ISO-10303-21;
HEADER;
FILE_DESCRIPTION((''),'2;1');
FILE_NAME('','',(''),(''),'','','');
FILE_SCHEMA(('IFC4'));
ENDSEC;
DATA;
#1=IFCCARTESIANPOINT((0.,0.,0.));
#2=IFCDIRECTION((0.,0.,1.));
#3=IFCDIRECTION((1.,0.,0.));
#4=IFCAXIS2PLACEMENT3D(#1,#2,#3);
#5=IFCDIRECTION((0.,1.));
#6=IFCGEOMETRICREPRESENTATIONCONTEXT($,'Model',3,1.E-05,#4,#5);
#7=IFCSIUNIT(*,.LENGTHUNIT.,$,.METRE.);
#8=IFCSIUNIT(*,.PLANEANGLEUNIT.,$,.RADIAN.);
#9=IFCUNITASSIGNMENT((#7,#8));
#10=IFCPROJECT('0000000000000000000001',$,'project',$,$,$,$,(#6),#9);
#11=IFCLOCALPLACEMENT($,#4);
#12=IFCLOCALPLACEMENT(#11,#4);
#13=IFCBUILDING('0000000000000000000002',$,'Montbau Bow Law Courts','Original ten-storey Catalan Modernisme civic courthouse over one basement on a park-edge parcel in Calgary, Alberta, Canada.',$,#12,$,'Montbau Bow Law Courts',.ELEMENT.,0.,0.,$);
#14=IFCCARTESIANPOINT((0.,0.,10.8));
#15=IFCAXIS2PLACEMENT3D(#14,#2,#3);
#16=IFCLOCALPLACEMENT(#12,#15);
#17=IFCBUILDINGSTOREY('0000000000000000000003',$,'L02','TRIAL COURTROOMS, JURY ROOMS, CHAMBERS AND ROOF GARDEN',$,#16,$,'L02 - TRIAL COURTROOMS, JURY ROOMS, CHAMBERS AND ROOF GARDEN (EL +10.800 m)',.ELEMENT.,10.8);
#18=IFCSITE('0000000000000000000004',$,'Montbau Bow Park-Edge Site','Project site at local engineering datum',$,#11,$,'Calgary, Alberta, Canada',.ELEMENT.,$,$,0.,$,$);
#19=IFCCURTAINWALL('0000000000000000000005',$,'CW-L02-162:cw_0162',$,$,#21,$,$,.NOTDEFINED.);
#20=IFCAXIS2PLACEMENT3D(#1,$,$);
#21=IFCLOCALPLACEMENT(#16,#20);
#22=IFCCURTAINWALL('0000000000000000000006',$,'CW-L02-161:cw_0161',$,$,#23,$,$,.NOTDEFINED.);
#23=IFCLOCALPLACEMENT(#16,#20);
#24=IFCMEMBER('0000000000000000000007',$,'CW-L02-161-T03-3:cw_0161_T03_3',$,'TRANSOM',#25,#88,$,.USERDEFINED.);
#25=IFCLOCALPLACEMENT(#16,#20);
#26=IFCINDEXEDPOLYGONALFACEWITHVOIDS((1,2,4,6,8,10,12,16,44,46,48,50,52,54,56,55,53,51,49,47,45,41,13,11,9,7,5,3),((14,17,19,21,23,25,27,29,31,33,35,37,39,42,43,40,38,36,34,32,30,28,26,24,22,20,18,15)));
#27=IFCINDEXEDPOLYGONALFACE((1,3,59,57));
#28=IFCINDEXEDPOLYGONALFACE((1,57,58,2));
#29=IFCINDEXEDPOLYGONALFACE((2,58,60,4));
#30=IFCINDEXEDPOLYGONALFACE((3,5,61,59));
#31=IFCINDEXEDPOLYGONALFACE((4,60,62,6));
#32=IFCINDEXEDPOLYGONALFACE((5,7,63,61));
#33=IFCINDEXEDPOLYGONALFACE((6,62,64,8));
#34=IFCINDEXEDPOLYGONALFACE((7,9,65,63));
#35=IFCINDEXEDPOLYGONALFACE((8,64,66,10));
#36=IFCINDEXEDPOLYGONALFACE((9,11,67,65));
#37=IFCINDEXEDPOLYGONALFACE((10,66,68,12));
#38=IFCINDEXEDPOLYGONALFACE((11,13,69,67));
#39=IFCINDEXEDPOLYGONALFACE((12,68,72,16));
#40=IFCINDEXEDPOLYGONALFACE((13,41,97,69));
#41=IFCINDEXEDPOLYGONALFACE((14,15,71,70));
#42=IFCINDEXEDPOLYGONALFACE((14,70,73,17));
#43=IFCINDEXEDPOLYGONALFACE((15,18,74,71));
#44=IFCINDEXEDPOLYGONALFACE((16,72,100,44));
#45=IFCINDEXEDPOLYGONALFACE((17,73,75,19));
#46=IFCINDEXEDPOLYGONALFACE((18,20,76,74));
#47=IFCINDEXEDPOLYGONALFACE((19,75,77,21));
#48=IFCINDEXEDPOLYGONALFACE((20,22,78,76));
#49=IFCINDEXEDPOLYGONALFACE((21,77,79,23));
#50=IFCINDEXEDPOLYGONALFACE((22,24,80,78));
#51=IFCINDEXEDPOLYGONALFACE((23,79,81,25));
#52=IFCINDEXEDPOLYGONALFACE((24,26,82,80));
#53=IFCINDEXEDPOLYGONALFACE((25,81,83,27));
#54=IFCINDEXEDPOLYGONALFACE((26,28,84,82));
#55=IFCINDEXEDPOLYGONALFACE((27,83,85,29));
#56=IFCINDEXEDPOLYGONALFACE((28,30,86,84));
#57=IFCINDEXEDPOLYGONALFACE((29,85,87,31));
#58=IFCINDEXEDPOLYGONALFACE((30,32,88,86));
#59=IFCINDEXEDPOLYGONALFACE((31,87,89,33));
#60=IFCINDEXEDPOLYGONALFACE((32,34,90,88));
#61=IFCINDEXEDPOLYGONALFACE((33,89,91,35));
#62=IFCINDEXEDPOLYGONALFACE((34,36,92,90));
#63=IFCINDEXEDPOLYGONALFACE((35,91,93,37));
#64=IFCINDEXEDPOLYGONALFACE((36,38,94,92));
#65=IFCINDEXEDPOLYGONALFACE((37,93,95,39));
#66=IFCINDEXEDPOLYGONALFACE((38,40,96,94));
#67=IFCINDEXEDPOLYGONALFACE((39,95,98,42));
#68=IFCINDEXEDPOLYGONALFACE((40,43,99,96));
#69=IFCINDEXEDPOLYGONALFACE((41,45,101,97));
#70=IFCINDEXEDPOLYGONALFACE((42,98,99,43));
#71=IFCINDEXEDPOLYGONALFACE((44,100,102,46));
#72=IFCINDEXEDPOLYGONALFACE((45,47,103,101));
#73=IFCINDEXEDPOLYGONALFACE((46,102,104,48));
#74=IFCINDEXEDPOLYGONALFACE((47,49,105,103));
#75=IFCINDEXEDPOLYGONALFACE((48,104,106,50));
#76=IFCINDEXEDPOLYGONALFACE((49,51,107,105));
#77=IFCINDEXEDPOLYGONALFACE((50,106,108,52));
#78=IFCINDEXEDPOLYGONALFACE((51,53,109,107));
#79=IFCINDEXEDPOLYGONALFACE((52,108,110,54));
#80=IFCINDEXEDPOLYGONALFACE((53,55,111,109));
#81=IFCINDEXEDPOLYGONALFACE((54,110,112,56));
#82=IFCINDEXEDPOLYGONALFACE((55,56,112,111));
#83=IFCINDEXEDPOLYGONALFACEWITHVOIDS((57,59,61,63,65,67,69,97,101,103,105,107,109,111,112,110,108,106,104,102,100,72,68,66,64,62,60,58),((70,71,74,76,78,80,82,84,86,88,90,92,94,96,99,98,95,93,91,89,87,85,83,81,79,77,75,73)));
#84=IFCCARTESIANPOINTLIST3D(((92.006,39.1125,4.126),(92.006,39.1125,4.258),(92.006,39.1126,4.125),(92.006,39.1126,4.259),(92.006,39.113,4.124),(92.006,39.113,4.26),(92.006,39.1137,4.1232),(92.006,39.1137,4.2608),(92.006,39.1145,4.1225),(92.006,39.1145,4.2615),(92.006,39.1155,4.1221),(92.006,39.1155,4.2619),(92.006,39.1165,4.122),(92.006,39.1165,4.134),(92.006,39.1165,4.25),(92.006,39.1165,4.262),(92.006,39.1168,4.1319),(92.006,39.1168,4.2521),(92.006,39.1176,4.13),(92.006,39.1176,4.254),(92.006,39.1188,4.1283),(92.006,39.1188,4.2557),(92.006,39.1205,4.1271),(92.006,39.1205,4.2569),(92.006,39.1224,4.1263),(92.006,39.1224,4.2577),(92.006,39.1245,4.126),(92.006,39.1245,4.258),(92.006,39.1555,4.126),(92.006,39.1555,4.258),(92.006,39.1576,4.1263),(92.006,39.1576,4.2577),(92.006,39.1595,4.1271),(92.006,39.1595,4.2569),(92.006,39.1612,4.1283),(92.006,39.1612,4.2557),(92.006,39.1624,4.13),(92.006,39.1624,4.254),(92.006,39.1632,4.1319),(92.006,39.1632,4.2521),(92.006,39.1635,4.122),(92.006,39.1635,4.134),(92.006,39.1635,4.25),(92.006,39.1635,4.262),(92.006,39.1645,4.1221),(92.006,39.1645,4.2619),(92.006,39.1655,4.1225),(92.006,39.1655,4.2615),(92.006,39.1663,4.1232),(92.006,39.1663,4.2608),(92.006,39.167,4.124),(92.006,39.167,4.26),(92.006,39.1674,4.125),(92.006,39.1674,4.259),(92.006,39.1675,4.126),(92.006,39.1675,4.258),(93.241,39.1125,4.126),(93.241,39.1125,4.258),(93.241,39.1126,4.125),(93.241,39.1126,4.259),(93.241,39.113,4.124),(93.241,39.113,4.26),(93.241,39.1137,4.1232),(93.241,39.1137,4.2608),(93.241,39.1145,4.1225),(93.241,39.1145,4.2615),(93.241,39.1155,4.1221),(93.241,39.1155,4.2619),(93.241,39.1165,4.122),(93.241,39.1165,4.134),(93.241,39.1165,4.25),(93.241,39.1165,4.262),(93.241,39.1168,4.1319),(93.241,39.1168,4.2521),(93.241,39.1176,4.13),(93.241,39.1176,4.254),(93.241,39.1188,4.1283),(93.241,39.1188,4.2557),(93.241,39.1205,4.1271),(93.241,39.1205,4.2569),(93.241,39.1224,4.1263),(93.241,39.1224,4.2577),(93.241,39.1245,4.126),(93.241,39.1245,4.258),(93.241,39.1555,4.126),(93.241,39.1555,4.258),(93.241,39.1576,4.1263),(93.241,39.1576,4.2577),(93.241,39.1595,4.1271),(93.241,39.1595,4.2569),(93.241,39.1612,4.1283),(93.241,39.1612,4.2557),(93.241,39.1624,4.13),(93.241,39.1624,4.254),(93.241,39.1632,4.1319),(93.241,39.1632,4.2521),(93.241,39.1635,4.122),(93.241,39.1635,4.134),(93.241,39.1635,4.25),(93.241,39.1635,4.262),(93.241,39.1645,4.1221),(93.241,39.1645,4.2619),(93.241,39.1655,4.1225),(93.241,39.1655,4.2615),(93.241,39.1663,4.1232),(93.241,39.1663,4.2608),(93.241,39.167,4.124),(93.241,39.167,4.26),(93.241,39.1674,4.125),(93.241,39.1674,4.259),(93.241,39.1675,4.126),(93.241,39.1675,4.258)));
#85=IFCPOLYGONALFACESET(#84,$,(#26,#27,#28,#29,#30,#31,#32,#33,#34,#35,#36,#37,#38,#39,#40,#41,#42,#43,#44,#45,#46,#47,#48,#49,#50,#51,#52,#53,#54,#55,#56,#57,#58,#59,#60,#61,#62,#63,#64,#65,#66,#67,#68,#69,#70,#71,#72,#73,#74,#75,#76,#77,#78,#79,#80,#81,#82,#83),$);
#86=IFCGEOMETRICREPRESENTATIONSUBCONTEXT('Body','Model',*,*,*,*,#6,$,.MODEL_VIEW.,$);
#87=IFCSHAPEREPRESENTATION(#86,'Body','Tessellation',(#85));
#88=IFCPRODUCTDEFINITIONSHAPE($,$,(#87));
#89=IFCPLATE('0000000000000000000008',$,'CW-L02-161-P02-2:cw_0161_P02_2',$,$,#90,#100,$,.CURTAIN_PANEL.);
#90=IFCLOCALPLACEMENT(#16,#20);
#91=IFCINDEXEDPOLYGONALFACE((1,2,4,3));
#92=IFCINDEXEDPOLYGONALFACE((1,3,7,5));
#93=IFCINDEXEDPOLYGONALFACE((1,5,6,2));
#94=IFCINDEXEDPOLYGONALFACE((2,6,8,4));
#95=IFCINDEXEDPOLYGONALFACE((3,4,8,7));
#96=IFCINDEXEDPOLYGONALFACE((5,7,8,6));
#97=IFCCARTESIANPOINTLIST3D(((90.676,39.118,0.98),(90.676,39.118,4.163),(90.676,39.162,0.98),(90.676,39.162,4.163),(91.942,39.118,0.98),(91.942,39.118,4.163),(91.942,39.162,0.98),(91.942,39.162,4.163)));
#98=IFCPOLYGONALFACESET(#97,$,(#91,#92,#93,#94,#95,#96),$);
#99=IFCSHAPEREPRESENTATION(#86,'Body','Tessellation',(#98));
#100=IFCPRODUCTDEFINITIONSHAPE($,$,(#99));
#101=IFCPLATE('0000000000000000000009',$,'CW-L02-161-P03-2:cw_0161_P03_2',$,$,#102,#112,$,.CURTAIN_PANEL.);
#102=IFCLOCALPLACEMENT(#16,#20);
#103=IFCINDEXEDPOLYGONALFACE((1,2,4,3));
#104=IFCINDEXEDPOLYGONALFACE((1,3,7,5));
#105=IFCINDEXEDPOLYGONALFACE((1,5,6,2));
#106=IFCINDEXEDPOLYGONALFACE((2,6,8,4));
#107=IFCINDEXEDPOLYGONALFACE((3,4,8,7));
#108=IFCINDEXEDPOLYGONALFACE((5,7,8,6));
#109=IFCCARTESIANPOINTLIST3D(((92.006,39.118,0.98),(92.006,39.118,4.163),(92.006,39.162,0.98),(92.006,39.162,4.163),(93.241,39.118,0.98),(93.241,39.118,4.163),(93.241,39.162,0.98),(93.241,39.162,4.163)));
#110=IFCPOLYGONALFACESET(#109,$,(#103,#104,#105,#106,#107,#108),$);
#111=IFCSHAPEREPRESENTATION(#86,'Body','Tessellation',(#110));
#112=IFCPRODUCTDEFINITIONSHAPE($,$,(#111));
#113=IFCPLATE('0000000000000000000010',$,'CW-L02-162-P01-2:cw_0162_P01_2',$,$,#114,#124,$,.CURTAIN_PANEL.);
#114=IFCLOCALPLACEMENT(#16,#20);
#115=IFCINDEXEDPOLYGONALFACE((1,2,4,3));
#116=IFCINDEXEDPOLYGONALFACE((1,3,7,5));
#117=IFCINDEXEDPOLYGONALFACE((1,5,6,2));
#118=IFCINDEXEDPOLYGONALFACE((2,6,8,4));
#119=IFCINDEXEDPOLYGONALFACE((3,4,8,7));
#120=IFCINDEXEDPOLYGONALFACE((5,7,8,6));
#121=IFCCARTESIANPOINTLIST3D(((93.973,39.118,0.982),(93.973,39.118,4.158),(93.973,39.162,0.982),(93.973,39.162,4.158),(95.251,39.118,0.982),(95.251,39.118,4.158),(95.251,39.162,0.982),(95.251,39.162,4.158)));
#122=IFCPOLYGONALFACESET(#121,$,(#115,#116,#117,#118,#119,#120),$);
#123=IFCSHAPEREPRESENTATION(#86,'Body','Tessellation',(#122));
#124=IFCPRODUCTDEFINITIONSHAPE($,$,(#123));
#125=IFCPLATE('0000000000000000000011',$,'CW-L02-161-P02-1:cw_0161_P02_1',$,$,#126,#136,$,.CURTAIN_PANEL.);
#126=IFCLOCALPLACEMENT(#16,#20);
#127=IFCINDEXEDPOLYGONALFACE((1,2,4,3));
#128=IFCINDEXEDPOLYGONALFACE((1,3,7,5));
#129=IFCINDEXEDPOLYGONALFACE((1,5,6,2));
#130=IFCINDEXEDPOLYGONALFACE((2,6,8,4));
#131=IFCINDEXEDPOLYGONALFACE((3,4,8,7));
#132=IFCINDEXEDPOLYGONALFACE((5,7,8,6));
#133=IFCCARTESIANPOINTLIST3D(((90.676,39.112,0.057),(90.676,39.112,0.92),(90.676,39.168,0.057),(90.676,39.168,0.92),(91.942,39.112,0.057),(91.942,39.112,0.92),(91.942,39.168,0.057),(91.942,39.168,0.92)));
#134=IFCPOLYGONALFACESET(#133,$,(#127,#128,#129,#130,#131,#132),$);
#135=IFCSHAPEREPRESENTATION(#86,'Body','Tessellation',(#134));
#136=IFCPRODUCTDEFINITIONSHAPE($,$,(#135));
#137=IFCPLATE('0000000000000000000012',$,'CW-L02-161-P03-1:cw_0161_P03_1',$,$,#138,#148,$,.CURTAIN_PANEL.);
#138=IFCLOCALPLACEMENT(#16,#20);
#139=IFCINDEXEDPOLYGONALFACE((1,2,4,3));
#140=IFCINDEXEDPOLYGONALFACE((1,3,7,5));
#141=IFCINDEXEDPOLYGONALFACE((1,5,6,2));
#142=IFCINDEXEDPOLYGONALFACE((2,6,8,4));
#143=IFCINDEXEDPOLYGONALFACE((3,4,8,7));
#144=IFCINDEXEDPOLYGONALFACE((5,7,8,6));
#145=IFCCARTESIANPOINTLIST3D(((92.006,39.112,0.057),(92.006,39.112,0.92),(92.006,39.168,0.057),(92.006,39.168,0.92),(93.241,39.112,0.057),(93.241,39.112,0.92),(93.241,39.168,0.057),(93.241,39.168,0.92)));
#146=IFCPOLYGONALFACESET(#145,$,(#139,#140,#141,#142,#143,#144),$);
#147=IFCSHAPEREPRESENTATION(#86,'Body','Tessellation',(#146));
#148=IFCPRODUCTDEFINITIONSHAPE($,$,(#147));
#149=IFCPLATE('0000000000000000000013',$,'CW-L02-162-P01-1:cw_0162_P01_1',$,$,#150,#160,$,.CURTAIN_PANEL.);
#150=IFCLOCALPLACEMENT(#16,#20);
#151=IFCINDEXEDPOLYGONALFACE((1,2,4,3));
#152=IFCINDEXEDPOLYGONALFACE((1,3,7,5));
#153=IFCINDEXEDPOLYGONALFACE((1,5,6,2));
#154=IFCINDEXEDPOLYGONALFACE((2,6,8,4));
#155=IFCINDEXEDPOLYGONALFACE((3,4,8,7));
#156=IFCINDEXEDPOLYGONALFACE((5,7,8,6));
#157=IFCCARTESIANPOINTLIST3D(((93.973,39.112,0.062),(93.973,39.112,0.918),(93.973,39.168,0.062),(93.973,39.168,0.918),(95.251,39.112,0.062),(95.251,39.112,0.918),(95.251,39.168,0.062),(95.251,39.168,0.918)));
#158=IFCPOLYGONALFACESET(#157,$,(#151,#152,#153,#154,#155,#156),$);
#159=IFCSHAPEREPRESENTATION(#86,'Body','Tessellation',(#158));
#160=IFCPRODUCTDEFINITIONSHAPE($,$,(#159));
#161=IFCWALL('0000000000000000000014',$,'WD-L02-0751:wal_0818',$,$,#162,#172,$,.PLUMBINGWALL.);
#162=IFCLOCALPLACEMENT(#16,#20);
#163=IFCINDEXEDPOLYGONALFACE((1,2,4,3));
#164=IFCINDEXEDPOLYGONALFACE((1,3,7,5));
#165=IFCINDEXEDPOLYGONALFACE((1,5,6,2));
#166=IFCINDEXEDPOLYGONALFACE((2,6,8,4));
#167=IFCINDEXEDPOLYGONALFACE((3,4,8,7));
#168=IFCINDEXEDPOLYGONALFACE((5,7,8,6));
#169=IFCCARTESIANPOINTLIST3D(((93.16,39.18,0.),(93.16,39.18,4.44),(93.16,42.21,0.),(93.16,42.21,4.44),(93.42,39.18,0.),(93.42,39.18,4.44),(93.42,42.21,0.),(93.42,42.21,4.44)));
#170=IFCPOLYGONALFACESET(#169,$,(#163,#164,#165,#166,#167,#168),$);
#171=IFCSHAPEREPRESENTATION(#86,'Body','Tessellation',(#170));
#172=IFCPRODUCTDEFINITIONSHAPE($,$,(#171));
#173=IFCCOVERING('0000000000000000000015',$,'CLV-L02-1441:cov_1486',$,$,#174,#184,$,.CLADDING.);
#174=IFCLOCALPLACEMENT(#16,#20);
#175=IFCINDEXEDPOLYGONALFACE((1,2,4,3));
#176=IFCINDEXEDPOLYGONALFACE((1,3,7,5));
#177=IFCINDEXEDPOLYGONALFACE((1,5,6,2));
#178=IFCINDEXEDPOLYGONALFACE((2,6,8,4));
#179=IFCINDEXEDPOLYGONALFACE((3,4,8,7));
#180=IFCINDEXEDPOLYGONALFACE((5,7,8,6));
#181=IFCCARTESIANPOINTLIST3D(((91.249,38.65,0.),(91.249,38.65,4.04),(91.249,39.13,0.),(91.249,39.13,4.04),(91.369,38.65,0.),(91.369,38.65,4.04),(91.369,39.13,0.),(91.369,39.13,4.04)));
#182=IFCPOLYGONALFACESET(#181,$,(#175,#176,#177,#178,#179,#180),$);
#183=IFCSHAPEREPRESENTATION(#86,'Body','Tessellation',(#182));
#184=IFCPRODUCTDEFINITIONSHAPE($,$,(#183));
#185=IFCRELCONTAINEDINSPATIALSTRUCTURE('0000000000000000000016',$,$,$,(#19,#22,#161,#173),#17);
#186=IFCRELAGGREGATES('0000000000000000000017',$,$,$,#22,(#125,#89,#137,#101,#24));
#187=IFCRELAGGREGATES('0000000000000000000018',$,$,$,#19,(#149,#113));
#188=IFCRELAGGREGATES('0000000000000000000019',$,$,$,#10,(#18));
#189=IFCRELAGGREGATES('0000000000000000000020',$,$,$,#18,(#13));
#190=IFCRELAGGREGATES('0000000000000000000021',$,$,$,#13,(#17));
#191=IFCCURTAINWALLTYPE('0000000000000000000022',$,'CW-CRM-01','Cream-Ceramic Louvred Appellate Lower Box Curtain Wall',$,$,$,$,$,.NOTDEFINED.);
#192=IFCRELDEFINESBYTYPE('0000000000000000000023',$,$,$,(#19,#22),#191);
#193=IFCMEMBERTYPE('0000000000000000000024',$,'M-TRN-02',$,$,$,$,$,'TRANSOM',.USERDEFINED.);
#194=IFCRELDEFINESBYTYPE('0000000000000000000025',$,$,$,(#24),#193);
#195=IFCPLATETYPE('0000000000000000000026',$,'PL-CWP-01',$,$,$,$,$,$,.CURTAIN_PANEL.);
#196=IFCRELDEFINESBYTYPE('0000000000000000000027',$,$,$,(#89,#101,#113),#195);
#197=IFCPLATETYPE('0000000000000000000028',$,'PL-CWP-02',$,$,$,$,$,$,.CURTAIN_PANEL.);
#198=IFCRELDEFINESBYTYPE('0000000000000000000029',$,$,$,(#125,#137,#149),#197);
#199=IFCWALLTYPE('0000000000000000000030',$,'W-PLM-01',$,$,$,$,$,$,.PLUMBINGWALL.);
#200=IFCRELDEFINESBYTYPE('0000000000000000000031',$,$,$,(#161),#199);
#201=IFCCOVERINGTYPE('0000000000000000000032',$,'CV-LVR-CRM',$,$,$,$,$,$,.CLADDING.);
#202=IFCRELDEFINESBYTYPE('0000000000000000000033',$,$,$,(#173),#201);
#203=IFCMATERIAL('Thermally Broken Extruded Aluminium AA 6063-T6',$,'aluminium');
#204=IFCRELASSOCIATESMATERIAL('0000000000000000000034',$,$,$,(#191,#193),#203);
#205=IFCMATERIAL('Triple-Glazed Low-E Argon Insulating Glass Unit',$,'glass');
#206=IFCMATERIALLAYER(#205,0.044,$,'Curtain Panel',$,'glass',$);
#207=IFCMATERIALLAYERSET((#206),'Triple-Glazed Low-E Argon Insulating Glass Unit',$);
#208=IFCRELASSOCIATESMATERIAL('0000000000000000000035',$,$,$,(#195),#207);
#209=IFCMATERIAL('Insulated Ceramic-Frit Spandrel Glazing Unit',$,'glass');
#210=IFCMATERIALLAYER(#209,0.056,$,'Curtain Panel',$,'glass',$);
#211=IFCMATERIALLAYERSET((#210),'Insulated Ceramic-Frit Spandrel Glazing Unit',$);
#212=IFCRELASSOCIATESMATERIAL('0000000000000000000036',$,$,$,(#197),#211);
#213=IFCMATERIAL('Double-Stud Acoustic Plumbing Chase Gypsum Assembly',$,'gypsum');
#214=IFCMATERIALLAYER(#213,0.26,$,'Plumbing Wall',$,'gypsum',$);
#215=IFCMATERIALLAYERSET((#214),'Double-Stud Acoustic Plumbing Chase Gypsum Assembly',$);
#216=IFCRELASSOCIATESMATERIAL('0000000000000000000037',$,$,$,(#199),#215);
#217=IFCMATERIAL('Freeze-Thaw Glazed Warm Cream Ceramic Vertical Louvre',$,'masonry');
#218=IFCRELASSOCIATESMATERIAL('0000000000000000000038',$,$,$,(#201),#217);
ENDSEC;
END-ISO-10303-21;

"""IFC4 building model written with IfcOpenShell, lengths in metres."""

from ifc_helpers import new_model, si_unit, direction, frame, frame_2d, origin_with_axes, origin_2d_with_axis, place, context, subcontext, project, spatial, rectangle, hollow_rectangle, extrude, material, layer, layer_set, material_profile, profile_set, type_object, element, aggregate, save


model = new_model("IFC4")

# Units and contexts
model_context = context("Model", 3, precision=1e-05, world=origin_with_axes(), true_north=direction((0.0, 1.0)))
body_context = subcontext(model_context, "Body", "Model", "MODEL_VIEW")
ifc_project = project(units=[si_unit("LENGTHUNIT", "METRE"), si_unit("PLANEANGLEUNIT", "RADIAN")], contexts=[model_context])

# Site, building, storey
site_placement = place(None, origin_with_axes())
site = spatial("IfcSite", under=ifc_project, at=site_placement, Name="Montbau Bow Park-Edge Site", Description="Project site at local engineering datum", LongName="Calgary, Alberta, Canada", CompositionType="ELEMENT", RefElevation=0.0)
building_placement = place(site_placement, origin_with_axes())
building = spatial("IfcBuilding", under=site, at=building_placement, Name="Montbau Bow Law Courts", Description="Original ten-storey Catalan Modernisme civic courthouse over one basement on a park-edge parcel in Calgary, Alberta, Canada.", LongName="Montbau Bow Law Courts", CompositionType="ELEMENT", ElevationOfRefHeight=0.0, ElevationOfTerrain=0.0)
storey_placement = place(building_placement, frame((0.0, 0.0, 10.8), z_axis=(0.0, 0.0, 1.0), x_axis=(1.0, 0.0, 0.0)))
storey = spatial("IfcBuildingStorey", under=building, at=storey_placement, Name="L02", Description="TRIAL COURTROOMS, JURY ROOMS, CHAMBERS AND ROOF GARDEN", LongName="L02 - TRIAL COURTROOMS, JURY ROOMS, CHAMBERS AND ROOF GARDEN (EL +10.800 m)", CompositionType="ELEMENT", Elevation=10.8)

# Curtain wall
ifc_material_1 = material(Name="Thermally Broken Extruded Aluminium AA 6063-T6", Category="aluminium")
curtain_wall_type = type_object("IfcCurtainWallType", Name="CW-CRM-01", Description="Cream-Ceramic Louvred Appellate Lower Box Curtain Wall", PredefinedType="NOTDEFINED", material=ifc_material_1)
curtain_wall_1_placement = place(None, frame((93.897, 39.14, 10.8), z_axis=(0.0, 0.0, 1.0), x_axis=(1.0, 0.0, 0.0)))
curtain_wall_1 = element("IfcCurtainWall", 1, at=curtain_wall_1_placement, inside=storey, type_object=curtain_wall_type, Name="CW-L02-162:cw_0162", PredefinedType="NOTDEFINED")

# Curtain wall
curtain_wall_2_placement = place(None, frame((89.315, 39.14, 10.8), z_axis=(0.0, 0.0, 1.0), x_axis=(1.0, 0.0, 0.0)))
curtain_wall_2 = element("IfcCurtainWall", 2, at=curtain_wall_2_placement, inside=storey, type_object=curtain_wall_type, Name="CW-L02-161:cw_0161", PredefinedType="NOTDEFINED")

# Member
ifc_material_profile_1 = material_profile(ifc_material_1, hollow_rectangle(XDim=0.055, YDim=0.14, WallThickness=0.004, InnerFilletRadius=0.008, OuterFilletRadius=0.004, at=origin_2d_with_axis()), Name="CWT-140X55", Category="Main", Priority=0)
ifc_profile_set_1 = profile_set([ifc_material_profile_1], Name="Thermally Broken Extruded Aluminium AA 6063-T6")
member_type_1 = type_object("IfcMemberType", Name="M-TRN-02", ElementType="TRANSOM", PredefinedType="USERDEFINED", material=ifc_profile_set_1)
member_1_placement = place(None, frame((92.006, 39.14, 14.992), z_axis=(1.0, 0.0, 0.0), x_axis=(0.0, 1.0, 0.0)))
member_1 = element("IfcMember", 3, at=member_1_placement, type_object=member_type_1, Name="CW-L02-161-T03-3:cw_0161_T03_3", ObjectType="TRANSOM", PredefinedType="USERDEFINED", context=body_context, shape_type="SweptSolid", body=[
    extrude(hollow_rectangle(XDim=0.055, YDim=0.14, WallThickness=0.004, InnerFilletRadius=0.008, OuterFilletRadius=0.004, at=origin_2d_with_axis()), origin_with_axes(), (0.0, 0.0, 1.0), 1.235),
])

# Plates
ifc_material_2 = material(Name="Triple-Glazed Low-E Argon Insulating Glass Unit", Category="glass")
ifc_layer_1 = layer(ifc_material_2, 0.044, Name="Curtain Panel", Category="glass")
ifc_layer_set_1 = layer_set([ifc_layer_1], Name="Triple-Glazed Low-E Argon Insulating Glass Unit")
plate_type_1 = type_object("IfcPlateType", Name="PL-CWP-01", PredefinedType="CURTAIN_PANEL", material=ifc_layer_set_1)
plate_1_placement = place(None, frame((90.676, 39.14, 11.78), z_axis=(0.0, -1.0, 0.0), x_axis=(1.0, 0.0, 0.0)))
plate_1 = element("IfcPlate", 4, at=plate_1_placement, type_object=plate_type_1, Name="CW-L02-161-P02-2:cw_0161_P02_2", PredefinedType="CURTAIN_PANEL", context=body_context, shape_type="SweptSolid", body=[
    extrude(rectangle(XDim=1.266, YDim=3.183, at=frame_2d((0.633, 1.5915), x_axis=(1.0, 0.0))), frame((0.0, 0.0, -0.022), z_axis=(0.0, 0.0, 1.0), x_axis=(1.0, 0.0, 0.0)), (0.0, 0.0, 1.0), 0.044),
])
plate_2_placement = place(None, frame((92.006, 39.14, 11.78), z_axis=(0.0, -1.0, 0.0), x_axis=(1.0, 0.0, 0.0)))
plate_2 = element("IfcPlate", 5, at=plate_2_placement, type_object=plate_type_1, Name="CW-L02-161-P03-2:cw_0161_P03_2", PredefinedType="CURTAIN_PANEL", context=body_context, shape_type="SweptSolid", body=[
    extrude(rectangle(XDim=1.235, YDim=3.183, at=frame_2d((0.6175, 1.5915), x_axis=(1.0, 0.0))), frame((0.0, 0.0, -0.022), z_axis=(0.0, 0.0, 1.0), x_axis=(1.0, 0.0, 0.0)), (0.0, 0.0, 1.0), 0.044),
])
plate_3_placement = place(None, frame((93.973, 39.14, 11.782), z_axis=(0.0, -1.0, 0.0), x_axis=(1.0, 0.0, 0.0)))
plate_3 = element("IfcPlate", 6, at=plate_3_placement, type_object=plate_type_1, Name="CW-L02-162-P01-2:cw_0162_P01_2", PredefinedType="CURTAIN_PANEL", context=body_context, shape_type="SweptSolid", body=[
    extrude(rectangle(XDim=1.278, YDim=3.176, at=frame_2d((0.639, 1.588), x_axis=(1.0, 0.0))), frame((0.0, 0.0, -0.022), z_axis=(0.0, 0.0, 1.0), x_axis=(1.0, 0.0, 0.0)), (0.0, 0.0, 1.0), 0.044),
])
ifc_material_3 = material(Name="Insulated Ceramic-Frit Spandrel Glazing Unit", Category="glass")
ifc_layer_2 = layer(ifc_material_3, 0.056, Name="Curtain Panel", Category="glass")
ifc_layer_set_2 = layer_set([ifc_layer_2], Name="Insulated Ceramic-Frit Spandrel Glazing Unit")
plate_type_2 = type_object("IfcPlateType", Name="PL-CWP-02", PredefinedType="CURTAIN_PANEL", material=ifc_layer_set_2)
plate_4_placement = place(None, frame((90.676, 39.14, 10.857), z_axis=(0.0, -1.0, 0.0), x_axis=(1.0, 0.0, 0.0)))
plate_4 = element("IfcPlate", 7, at=plate_4_placement, type_object=plate_type_2, Name="CW-L02-161-P02-1:cw_0161_P02_1", PredefinedType="CURTAIN_PANEL", context=body_context, shape_type="SweptSolid", body=[
    extrude(rectangle(XDim=1.266, YDim=0.863, at=frame_2d((0.633, 0.4315), x_axis=(1.0, 0.0))), frame((0.0, 0.0, -0.028), z_axis=(0.0, 0.0, 1.0), x_axis=(1.0, 0.0, 0.0)), (0.0, 0.0, 1.0), 0.056),
])
plate_5_placement = place(None, frame((92.006, 39.14, 10.857), z_axis=(0.0, -1.0, 0.0), x_axis=(1.0, 0.0, 0.0)))
plate_5 = element("IfcPlate", 8, at=plate_5_placement, type_object=plate_type_2, Name="CW-L02-161-P03-1:cw_0161_P03_1", PredefinedType="CURTAIN_PANEL", context=body_context, shape_type="SweptSolid", body=[
    extrude(rectangle(XDim=1.235, YDim=0.863, at=frame_2d((0.6175, 0.4315), x_axis=(1.0, 0.0))), frame((0.0, 0.0, -0.028), z_axis=(0.0, 0.0, 1.0), x_axis=(1.0, 0.0, 0.0)), (0.0, 0.0, 1.0), 0.056),
])
aggregate(curtain_wall_2, [plate_4, plate_1, plate_5, plate_2, member_1])
plate_6_placement = place(None, frame((93.973, 39.14, 10.862), z_axis=(0.0, -1.0, 0.0), x_axis=(1.0, 0.0, 0.0)))
plate_6 = element("IfcPlate", 9, at=plate_6_placement, type_object=plate_type_2, Name="CW-L02-162-P01-1:cw_0162_P01_1", PredefinedType="CURTAIN_PANEL", context=body_context, shape_type="SweptSolid", body=[
    extrude(rectangle(XDim=1.278, YDim=0.856, at=frame_2d((0.639, 0.428), x_axis=(1.0, 0.0))), frame((0.0, 0.0, -0.028), z_axis=(0.0, 0.0, 1.0), x_axis=(1.0, 0.0, 0.0)), (0.0, 0.0, 1.0), 0.056),
])
aggregate(curtain_wall_1, [plate_6, plate_3])

# Wall
ifc_material_4 = material(Name="Double-Stud Acoustic Plumbing Chase Gypsum Assembly", Category="gypsum")
ifc_layer_3 = layer(ifc_material_4, 0.26, Name="Plumbing Wall", Category="gypsum")
ifc_layer_set_3 = layer_set([ifc_layer_3], Name="Double-Stud Acoustic Plumbing Chase Gypsum Assembly")
wall_type = type_object("IfcWallType", Name="W-PLM-01", PredefinedType="PLUMBINGWALL", material=ifc_layer_set_3)
wall_placement = place(None, frame((93.29, 39.18, 10.8), z_axis=(0.0, 0.0, 1.0), x_axis=(0.0, 1.0, 0.0)))
element("IfcWall", 10, at=wall_placement, inside=storey, type_object=wall_type, Name="WD-L02-0751:wal_0818", PredefinedType="PLUMBINGWALL", context=body_context, shape_type="SweptSolid", body=[
    extrude(rectangle(XDim=3.03, YDim=0.26, at=frame_2d((1.515, 0.0), x_axis=(1.0, 0.0))), origin_with_axes(), (0.0, 0.0, 1.0), 4.44),
])

# Covering
ifc_material_5 = material(Name="Freeze-Thaw Glazed Warm Cream Ceramic Vertical Louvre", Category="masonry")
covering_type = type_object("IfcCoveringType", Name="CV-LVR-CRM", PredefinedType="CLADDING", material=ifc_material_5)
for number, where, z_axis, x_axis, name in (
    (11, (91.309, 39.13, 10.8), (-1.0, 0.0, 0.0), (0.0, -1.0, 0.0), "CLV-L02-1441:cov_1486"),
):
    element("IfcCovering", number, at=place(None, frame(where, z_axis=z_axis, x_axis=x_axis)), inside=storey, type_object=covering_type, Name=name, PredefinedType="CLADDING", context=body_context, shape_type="SweptSolid", body=[
        extrude(rectangle(XDim=0.48, YDim=4.04, at=frame_2d((0.24, 2.02), x_axis=(1.0, 0.0))), frame((0.0, 0.0, -0.06), z_axis=(0.0, 0.0, 1.0), x_axis=(1.0, 0.0, 0.0)), (0.0, 0.0, 1.0), 0.12),
    ])

save(model, "model.ifc")
